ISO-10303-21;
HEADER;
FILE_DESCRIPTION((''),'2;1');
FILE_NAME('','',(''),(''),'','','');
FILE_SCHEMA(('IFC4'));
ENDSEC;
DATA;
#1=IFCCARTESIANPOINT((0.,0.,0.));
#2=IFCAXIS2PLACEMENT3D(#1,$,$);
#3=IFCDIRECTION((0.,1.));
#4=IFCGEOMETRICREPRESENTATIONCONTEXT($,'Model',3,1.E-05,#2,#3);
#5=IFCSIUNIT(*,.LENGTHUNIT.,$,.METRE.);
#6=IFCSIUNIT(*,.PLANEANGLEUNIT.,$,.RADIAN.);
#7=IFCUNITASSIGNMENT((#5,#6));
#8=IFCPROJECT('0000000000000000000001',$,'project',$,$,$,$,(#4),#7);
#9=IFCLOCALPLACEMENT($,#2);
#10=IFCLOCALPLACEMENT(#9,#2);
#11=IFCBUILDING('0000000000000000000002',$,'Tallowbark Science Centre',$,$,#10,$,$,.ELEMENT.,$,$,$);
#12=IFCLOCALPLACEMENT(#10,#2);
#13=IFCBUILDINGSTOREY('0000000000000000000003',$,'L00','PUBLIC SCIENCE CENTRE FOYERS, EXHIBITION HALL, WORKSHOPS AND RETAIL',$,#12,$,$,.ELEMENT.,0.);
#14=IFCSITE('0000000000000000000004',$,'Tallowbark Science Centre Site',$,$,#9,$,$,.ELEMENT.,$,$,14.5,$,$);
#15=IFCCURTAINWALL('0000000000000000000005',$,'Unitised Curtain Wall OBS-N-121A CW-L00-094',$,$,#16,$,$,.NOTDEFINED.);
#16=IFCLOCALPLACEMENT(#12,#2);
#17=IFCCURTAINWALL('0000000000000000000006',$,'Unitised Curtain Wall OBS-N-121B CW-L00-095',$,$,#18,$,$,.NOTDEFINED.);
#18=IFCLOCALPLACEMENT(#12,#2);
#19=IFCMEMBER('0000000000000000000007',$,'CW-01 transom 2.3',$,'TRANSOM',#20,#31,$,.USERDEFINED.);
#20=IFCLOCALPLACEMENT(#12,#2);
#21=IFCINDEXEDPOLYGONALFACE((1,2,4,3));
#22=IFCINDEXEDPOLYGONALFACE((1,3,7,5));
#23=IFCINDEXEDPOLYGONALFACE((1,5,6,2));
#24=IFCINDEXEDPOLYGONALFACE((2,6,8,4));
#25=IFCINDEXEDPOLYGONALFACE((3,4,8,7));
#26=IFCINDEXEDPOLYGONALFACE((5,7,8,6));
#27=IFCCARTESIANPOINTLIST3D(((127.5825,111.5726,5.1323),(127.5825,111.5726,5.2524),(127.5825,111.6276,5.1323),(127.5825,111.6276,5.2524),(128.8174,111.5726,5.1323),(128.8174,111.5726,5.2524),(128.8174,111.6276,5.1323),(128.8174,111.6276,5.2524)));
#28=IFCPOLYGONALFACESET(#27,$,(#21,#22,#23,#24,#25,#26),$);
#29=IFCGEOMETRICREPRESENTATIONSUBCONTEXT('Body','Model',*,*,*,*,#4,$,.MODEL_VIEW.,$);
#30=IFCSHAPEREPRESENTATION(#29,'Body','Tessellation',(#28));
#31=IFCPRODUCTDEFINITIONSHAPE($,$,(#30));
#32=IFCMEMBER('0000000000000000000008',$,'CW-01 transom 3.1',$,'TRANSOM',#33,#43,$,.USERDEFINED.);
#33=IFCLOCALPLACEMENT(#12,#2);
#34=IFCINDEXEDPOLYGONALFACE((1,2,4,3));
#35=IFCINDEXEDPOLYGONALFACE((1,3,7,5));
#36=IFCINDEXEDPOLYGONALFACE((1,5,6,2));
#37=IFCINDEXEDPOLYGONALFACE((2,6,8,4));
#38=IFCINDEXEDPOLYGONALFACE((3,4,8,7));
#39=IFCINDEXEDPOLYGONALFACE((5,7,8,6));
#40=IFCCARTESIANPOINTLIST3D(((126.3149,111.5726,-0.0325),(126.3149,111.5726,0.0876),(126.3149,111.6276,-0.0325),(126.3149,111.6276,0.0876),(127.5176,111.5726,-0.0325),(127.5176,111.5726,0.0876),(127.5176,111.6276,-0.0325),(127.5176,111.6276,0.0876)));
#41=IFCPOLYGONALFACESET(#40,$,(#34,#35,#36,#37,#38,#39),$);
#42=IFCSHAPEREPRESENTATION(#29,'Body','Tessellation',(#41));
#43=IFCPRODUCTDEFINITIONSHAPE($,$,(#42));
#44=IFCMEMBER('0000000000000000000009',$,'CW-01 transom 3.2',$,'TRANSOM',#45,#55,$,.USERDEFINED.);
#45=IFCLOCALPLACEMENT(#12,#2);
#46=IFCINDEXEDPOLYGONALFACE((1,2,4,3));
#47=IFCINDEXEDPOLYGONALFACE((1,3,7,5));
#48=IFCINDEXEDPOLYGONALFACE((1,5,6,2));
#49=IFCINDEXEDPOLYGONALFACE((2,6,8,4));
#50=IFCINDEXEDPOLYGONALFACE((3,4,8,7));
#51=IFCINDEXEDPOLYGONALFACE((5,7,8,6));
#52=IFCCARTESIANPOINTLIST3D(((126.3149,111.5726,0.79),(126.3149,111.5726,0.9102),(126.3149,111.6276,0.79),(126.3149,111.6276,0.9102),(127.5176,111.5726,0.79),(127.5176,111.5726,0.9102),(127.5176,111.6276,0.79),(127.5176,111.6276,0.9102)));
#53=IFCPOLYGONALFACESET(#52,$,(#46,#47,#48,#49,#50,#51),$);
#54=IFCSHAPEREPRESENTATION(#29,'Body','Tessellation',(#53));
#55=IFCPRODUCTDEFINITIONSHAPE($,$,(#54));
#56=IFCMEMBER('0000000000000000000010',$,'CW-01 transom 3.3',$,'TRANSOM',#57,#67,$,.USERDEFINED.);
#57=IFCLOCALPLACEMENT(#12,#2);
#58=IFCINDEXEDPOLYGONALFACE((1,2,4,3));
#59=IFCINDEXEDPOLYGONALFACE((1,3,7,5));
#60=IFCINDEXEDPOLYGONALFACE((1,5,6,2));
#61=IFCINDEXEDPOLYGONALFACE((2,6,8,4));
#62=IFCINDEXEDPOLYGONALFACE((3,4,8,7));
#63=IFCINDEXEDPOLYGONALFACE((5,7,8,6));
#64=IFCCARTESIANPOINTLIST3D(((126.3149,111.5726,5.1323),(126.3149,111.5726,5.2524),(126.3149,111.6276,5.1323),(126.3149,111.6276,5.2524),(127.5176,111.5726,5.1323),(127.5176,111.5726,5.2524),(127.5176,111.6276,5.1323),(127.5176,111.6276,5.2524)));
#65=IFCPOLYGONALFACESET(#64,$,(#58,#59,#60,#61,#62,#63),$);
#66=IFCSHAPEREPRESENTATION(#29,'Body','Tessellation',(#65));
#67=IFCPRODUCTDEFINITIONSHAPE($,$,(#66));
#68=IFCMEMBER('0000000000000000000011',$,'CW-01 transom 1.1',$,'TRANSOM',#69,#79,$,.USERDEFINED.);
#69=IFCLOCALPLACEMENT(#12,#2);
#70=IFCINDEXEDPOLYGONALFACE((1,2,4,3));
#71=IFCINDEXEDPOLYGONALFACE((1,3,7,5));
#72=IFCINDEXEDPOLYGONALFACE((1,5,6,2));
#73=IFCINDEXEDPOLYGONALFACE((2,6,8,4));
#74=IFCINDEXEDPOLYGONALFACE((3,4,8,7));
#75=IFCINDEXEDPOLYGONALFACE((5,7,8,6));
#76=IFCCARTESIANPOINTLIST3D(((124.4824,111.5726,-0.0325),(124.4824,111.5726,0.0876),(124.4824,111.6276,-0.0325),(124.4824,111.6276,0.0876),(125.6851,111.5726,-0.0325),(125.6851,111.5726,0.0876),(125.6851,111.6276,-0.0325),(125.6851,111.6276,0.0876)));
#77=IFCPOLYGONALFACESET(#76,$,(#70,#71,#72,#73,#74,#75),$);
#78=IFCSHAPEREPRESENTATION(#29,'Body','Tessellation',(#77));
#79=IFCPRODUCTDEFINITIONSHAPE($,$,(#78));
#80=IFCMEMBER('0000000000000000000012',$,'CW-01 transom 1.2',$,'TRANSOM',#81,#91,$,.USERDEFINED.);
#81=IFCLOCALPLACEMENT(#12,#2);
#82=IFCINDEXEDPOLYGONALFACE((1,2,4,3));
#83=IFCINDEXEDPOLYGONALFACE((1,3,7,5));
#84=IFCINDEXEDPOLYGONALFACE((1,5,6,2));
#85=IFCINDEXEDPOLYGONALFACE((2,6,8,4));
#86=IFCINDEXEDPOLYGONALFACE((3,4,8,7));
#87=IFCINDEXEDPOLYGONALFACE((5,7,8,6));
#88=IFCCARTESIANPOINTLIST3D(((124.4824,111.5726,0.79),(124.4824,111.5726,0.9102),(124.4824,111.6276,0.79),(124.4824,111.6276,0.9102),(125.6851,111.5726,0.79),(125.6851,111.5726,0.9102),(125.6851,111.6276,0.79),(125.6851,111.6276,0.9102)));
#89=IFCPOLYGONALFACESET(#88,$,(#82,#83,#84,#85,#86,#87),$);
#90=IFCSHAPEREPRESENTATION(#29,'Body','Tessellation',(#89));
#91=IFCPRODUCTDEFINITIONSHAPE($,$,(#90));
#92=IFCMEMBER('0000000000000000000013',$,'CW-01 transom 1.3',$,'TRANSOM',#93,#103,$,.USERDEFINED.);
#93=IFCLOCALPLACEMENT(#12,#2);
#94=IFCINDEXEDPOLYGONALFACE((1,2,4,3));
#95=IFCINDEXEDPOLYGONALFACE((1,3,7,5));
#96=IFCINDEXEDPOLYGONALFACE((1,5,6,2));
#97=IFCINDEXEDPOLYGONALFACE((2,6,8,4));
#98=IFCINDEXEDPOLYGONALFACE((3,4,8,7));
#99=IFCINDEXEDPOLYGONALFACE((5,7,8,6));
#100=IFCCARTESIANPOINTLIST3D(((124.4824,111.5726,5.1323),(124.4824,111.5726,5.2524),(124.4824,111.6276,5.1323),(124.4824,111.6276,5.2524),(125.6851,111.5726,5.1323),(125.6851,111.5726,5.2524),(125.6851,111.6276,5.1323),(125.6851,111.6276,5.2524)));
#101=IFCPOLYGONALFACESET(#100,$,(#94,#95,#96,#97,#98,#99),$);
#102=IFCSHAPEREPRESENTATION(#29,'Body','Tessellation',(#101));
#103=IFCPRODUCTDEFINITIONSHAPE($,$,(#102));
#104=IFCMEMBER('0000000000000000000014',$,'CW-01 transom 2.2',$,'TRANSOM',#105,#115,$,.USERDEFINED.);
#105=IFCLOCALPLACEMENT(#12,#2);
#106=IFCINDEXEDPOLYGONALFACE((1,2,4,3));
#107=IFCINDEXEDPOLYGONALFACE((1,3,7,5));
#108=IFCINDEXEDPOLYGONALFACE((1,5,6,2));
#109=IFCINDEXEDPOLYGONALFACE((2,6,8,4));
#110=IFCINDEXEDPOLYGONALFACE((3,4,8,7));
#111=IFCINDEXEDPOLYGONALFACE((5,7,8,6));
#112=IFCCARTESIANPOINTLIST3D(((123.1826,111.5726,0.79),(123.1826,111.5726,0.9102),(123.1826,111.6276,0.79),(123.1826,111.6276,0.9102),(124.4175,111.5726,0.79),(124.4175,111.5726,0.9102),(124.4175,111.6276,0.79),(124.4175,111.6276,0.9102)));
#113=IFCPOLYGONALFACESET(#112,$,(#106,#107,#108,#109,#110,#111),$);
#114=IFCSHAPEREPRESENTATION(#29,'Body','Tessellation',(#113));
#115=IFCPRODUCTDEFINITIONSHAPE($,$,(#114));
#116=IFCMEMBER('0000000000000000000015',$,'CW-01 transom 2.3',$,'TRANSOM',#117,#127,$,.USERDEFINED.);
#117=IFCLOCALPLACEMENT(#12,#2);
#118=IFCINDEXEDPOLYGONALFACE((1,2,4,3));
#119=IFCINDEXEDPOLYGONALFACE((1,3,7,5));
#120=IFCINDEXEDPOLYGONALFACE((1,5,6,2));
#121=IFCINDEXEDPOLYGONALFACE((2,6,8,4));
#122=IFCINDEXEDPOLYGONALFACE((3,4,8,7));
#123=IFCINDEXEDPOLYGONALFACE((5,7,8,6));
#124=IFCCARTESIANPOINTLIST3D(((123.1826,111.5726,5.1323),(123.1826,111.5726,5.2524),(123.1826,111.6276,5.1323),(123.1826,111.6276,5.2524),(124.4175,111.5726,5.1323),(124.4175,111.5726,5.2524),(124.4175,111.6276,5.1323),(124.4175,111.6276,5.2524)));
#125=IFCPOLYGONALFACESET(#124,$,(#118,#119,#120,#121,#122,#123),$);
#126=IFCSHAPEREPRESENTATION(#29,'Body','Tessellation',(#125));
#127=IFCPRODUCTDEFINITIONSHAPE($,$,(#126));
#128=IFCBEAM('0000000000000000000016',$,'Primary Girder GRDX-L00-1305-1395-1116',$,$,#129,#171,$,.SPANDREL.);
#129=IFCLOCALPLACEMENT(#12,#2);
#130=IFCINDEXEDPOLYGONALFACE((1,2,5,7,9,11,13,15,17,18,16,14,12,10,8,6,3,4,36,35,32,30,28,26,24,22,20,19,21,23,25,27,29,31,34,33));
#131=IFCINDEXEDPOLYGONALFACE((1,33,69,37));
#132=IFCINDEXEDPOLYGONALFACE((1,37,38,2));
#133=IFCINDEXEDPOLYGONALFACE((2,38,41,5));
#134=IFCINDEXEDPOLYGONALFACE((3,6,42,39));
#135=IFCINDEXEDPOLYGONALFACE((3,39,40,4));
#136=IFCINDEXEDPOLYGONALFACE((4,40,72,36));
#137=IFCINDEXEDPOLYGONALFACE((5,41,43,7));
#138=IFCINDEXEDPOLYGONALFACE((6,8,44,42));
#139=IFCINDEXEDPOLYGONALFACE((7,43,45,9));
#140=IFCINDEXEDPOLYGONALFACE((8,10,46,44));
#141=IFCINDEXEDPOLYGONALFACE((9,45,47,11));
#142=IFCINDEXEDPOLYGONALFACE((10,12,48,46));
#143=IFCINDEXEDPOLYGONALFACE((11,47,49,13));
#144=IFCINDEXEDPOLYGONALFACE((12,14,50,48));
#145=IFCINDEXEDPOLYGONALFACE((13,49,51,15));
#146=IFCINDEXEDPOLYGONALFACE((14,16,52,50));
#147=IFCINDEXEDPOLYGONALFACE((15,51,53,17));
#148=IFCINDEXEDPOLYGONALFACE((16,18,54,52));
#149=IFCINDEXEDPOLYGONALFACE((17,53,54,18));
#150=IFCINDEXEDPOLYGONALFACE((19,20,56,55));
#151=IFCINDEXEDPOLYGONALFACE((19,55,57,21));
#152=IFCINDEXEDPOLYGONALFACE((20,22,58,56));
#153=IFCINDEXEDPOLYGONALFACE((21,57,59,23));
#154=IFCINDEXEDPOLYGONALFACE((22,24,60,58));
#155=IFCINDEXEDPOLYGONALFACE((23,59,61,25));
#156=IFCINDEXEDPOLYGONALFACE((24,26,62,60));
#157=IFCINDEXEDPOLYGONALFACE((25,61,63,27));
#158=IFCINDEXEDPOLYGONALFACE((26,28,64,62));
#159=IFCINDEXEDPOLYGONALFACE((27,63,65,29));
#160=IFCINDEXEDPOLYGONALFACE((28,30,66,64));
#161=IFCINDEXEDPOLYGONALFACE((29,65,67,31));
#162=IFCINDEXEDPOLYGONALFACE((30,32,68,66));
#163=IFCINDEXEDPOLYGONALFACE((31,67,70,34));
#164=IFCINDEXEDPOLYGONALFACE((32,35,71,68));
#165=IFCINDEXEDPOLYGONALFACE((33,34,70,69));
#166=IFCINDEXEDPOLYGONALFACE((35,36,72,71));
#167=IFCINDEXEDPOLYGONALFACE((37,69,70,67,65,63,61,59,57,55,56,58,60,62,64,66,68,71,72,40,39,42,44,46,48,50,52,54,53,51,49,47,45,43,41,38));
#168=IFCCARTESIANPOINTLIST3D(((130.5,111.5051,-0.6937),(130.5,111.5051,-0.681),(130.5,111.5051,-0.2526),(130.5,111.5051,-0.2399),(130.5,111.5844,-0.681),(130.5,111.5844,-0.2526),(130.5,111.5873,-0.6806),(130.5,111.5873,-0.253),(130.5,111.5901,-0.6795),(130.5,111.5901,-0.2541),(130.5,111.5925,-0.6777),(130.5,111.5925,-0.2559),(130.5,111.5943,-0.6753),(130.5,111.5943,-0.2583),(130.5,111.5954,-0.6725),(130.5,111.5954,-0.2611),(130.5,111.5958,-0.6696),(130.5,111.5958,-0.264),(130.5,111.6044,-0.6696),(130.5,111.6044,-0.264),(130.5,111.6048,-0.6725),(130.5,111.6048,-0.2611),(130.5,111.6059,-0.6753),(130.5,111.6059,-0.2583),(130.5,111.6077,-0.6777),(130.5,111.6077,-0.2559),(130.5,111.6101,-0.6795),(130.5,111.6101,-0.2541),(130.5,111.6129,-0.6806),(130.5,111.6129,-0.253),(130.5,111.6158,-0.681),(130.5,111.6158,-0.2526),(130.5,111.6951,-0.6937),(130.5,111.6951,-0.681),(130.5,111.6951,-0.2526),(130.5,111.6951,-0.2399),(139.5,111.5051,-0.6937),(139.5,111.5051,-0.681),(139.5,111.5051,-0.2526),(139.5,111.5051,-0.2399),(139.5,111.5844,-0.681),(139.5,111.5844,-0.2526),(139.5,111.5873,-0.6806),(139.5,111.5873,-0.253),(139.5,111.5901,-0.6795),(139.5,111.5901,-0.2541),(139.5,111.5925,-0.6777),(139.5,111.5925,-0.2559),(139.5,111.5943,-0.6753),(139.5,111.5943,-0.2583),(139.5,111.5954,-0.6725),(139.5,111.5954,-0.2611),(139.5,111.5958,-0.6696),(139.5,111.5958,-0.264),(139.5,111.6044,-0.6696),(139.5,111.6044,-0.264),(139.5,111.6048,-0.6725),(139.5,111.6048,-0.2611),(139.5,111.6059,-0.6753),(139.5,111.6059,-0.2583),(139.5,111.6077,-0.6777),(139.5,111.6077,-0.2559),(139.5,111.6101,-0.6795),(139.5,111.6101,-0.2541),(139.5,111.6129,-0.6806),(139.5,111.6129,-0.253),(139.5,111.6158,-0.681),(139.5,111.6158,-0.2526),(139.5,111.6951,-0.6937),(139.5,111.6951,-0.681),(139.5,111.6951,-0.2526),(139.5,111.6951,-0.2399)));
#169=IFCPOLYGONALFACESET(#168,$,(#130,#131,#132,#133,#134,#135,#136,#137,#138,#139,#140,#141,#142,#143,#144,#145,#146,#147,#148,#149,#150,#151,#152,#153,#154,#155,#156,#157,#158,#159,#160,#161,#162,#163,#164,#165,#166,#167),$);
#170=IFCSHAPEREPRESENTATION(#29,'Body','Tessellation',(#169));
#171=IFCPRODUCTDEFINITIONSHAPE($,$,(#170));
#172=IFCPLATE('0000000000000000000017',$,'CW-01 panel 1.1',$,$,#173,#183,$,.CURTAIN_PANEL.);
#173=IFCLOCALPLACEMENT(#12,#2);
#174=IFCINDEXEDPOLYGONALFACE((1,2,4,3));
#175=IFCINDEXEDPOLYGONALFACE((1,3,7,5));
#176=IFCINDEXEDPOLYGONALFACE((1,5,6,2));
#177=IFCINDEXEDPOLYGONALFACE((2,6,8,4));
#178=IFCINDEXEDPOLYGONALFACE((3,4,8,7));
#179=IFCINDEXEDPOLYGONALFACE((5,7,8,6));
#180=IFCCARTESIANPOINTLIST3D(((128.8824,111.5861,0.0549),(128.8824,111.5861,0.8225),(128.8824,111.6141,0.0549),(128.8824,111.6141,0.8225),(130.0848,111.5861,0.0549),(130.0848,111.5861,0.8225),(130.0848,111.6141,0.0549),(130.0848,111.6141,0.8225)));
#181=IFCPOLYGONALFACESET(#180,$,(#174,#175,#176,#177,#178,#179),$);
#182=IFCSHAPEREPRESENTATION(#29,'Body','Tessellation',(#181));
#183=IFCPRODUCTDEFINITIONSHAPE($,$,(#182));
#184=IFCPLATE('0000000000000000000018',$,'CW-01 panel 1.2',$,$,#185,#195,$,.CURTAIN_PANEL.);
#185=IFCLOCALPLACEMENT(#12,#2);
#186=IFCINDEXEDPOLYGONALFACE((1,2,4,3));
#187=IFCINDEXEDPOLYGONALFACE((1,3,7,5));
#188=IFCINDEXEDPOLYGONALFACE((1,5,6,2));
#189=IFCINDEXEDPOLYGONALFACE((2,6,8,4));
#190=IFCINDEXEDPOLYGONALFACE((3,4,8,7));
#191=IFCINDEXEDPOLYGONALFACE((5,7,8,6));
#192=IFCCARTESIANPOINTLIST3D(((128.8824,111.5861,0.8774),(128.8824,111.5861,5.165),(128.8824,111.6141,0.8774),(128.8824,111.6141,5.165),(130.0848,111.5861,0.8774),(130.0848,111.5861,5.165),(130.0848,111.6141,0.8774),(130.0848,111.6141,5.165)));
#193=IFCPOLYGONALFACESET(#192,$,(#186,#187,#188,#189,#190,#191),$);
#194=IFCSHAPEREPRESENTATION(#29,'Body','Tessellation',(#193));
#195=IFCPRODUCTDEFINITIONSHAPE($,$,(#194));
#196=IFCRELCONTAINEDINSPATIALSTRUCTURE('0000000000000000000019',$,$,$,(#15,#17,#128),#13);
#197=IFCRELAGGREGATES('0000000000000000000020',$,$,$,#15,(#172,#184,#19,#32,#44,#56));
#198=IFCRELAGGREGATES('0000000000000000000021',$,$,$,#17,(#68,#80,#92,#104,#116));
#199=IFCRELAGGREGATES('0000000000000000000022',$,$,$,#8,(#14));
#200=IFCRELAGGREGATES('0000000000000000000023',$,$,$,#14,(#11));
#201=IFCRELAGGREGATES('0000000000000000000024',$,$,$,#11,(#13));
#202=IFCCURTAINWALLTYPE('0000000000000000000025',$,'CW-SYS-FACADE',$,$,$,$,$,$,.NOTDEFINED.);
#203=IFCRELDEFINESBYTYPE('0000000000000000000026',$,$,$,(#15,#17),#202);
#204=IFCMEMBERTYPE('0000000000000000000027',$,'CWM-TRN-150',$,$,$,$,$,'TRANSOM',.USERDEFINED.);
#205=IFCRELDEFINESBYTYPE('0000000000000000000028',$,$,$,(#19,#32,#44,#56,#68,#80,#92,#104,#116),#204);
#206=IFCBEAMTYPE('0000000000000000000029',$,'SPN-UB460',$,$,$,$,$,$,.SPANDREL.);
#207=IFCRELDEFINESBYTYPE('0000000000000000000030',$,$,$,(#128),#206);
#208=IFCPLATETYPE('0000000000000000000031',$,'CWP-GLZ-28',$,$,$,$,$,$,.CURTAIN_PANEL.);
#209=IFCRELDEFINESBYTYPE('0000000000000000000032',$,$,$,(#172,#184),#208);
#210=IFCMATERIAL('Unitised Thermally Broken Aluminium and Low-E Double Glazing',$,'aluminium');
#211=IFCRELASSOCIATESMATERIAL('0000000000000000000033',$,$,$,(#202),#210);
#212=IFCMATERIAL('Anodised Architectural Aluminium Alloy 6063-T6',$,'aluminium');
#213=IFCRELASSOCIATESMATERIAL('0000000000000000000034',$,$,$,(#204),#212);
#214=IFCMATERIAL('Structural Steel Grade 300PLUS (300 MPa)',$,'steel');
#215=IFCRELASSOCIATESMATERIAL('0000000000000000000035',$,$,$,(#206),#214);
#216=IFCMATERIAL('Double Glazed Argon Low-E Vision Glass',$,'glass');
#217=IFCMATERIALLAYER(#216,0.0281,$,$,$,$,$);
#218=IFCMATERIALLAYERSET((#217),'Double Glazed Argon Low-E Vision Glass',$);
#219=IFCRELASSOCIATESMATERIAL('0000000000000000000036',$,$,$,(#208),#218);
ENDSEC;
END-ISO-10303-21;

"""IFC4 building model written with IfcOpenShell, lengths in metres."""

from ifc_helpers import new_model, si_unit, direction, frame, origin, origin_2d, place, context, subcontext, project, spatial, rectangle, i_section, extrude, material, layer, layer_set, material_profile, profile_set, type_object, element, aggregate, save


model = new_model("IFC4")

# Units and contexts
model_context = context("Model", 3, precision=1e-05, world=origin(), true_north=direction((0.0, 1.0)))
body_context = subcontext(model_context, "Body", "Model", "MODEL_VIEW")
ifc_project = project(units=[si_unit("LENGTHUNIT", "METRE"), si_unit("PLANEANGLEUNIT", "RADIAN")], contexts=[model_context])

# Site, building, storey
site_placement = place(None, origin())
site = spatial("IfcSite", under=ifc_project, at=site_placement, Name="Tallowbark Science Centre Site", CompositionType="ELEMENT", RefElevation=14.5)
building_placement = place(site_placement, origin())
building = spatial("IfcBuilding", under=site, at=building_placement, Name="Tallowbark Science Centre", CompositionType="ELEMENT")
storey_placement = place(building_placement, origin())
storey = spatial("IfcBuildingStorey", under=building, at=storey_placement, Name="L00", Description="PUBLIC SCIENCE CENTRE FOYERS, EXHIBITION HALL, WORKSHOPS AND RETAIL", CompositionType="ELEMENT", Elevation=0.0)

# Shared definitions
ifc_material_1 = material(Name="Structural Steel Grade 300PLUS (300 MPa)", Category="steel")

# Curtain walls
ifc_material_2 = material(Name="Unitised Thermally Broken Aluminium and Low-E Double Glazing", Category="aluminium")
curtain_wall_type = type_object("IfcCurtainWallType", Name="CW-SYS-FACADE", PredefinedType="NOTDEFINED", material=ifc_material_2)
curtain_wall_1_placement = place(storey_placement, origin())
curtain_wall_1 = element("IfcCurtainWall", 1, at=curtain_wall_1_placement, inside=storey, type_object=curtain_wall_type, Name="Unitised Curtain Wall OBS-N-121A CW-L00-094", PredefinedType="NOTDEFINED")
ifc_material_3 = material(Name="Anodised Architectural Aluminium Alloy 6063-T6", Category="aluminium")
curtain_wall_2_placement = place(storey_placement, origin())
curtain_wall_2 = element("IfcCurtainWall", 2, at=curtain_wall_2_placement, inside=storey, type_object=curtain_wall_type, Name="Unitised Curtain Wall OBS-N-121B CW-L00-095", PredefinedType="NOTDEFINED")

# Members
ifc_material_profile_1 = material_profile(ifc_material_3, rectangle(XDim=0.0549, YDim=0.1201, at=origin_2d()), Name="ALU55x120")
ifc_profile_set_1 = profile_set([ifc_material_profile_1], Name="Anodised Architectural Aluminium Alloy 6063-T6")
member_type_1 = type_object("IfcMemberType", Name="CWM-TRN-150", ElementType="TRANSOM", PredefinedType="USERDEFINED", material=ifc_profile_set_1)
member_1_placement = place(storey_placement, frame((128.8174, 111.6001, 5.1924), z_axis=(-1.0, 0.0, 0.0), x_axis=(0.0, -1.0, 0.0)))
member_1 = element("IfcMember", 3, at=member_1_placement, type_object=member_type_1, Name="CW-01 transom 2.3", ObjectType="TRANSOM", PredefinedType="USERDEFINED", context=body_context, shape_type="SweptSolid", body=[
    extrude(rectangle(XDim=0.0549, YDim=0.1201, at=origin_2d()), origin(), (0.0, 0.0, 1.0), 1.2349),
])
member_2_placement = place(storey_placement, frame((127.5176, 111.6001, 0.0276), z_axis=(-1.0, 0.0, 0.0), x_axis=(0.0, -1.0, 0.0)))
member_2 = element("IfcMember", 4, at=member_2_placement, type_object=member_type_1, Name="CW-01 transom 3.1", ObjectType="TRANSOM", PredefinedType="USERDEFINED", context=body_context, shape_type="SweptSolid", body=[
    extrude(rectangle(XDim=0.0549, YDim=0.1201, at=origin_2d()), origin(), (0.0, 0.0, 1.0), 1.2026),
])
member_3_placement = place(storey_placement, frame((127.5176, 111.6001, 0.8501), z_axis=(-1.0, 0.0, 0.0), x_axis=(0.0, -1.0, 0.0)))
member_3 = element("IfcMember", 5, at=member_3_placement, type_object=member_type_1, Name="CW-01 transom 3.2", ObjectType="TRANSOM", PredefinedType="USERDEFINED", context=body_context, shape_type="SweptSolid", body=[
    extrude(rectangle(XDim=0.0549, YDim=0.1201, at=origin_2d()), origin(), (0.0, 0.0, 1.0), 1.2026),
])
member_4_placement = place(storey_placement, frame((127.5176, 111.6001, 5.1924), z_axis=(-1.0, 0.0, 0.0), x_axis=(0.0, -1.0, 0.0)))
member_4 = element("IfcMember", 6, at=member_4_placement, type_object=member_type_1, Name="CW-01 transom 3.3", ObjectType="TRANSOM", PredefinedType="USERDEFINED", context=body_context, shape_type="SweptSolid", body=[
    extrude(rectangle(XDim=0.0549, YDim=0.1201, at=origin_2d()), origin(), (0.0, 0.0, 1.0), 1.2026),
])
member_5_placement = place(storey_placement, frame((125.6851, 111.6001, 0.0276), z_axis=(-1.0, 0.0, 0.0), x_axis=(0.0, -1.0, 0.0)))
member_5 = element("IfcMember", 7, at=member_5_placement, type_object=member_type_1, Name="CW-01 transom 1.1", ObjectType="TRANSOM", PredefinedType="USERDEFINED", context=body_context, shape_type="SweptSolid", body=[
    extrude(rectangle(XDim=0.0549, YDim=0.1201, at=origin_2d()), origin(), (0.0, 0.0, 1.0), 1.2026),
])
member_6_placement = place(storey_placement, frame((125.6851, 111.6001, 0.8501), z_axis=(-1.0, 0.0, 0.0), x_axis=(0.0, -1.0, 0.0)))
member_6 = element("IfcMember", 8, at=member_6_placement, type_object=member_type_1, Name="CW-01 transom 1.2", ObjectType="TRANSOM", PredefinedType="USERDEFINED", context=body_context, shape_type="SweptSolid", body=[
    extrude(rectangle(XDim=0.0549, YDim=0.1201, at=origin_2d()), origin(), (0.0, 0.0, 1.0), 1.2026),
])
member_7_placement = place(storey_placement, frame((125.6851, 111.6001, 5.1924), z_axis=(-1.0, 0.0, 0.0), x_axis=(0.0, -1.0, 0.0)))
member_7 = element("IfcMember", 9, at=member_7_placement, type_object=member_type_1, Name="CW-01 transom 1.3", ObjectType="TRANSOM", PredefinedType="USERDEFINED", context=body_context, shape_type="SweptSolid", body=[
    extrude(rectangle(XDim=0.0549, YDim=0.1201, at=origin_2d()), origin(), (0.0, 0.0, 1.0), 1.2026),
])
member_8_placement = place(storey_placement, frame((124.4175, 111.6001, 0.8501), z_axis=(-1.0, 0.0, 0.0), x_axis=(0.0, -1.0, 0.0)))
member_8 = element("IfcMember", 10, at=member_8_placement, type_object=member_type_1, Name="CW-01 transom 2.2", ObjectType="TRANSOM", PredefinedType="USERDEFINED", context=body_context, shape_type="SweptSolid", body=[
    extrude(rectangle(XDim=0.0549, YDim=0.1201, at=origin_2d()), origin(), (0.0, 0.0, 1.0), 1.2349),
])
member_9_placement = place(storey_placement, frame((124.4175, 111.6001, 5.1924), z_axis=(-1.0, 0.0, 0.0), x_axis=(0.0, -1.0, 0.0)))
member_9 = element("IfcMember", 11, at=member_9_placement, type_object=member_type_1, Name="CW-01 transom 2.3", ObjectType="TRANSOM", PredefinedType="USERDEFINED", context=body_context, shape_type="SweptSolid", body=[
    extrude(rectangle(XDim=0.0549, YDim=0.1201, at=origin_2d()), origin(), (0.0, 0.0, 1.0), 1.2349),
])

# Beam
ifc_material_profile_2 = material_profile(ifc_material_1, i_section(OverallWidth=0.1899, OverallDepth=0.4539, WebThickness=0.0085, FlangeThickness=0.0127, FilletRadius=0.0115, at=origin_2d()), Name="460UB67.1")
ifc_profile_set_2 = profile_set([ifc_material_profile_2], Name="Structural Steel Grade 300PLUS (300 MPa)")
beam_type = type_object("IfcBeamType", Name="SPN-UB460", PredefinedType="SPANDREL", material=ifc_profile_set_2)
beam_placement = place(storey_placement, frame((130.5, 111.6001, -0.4668), z_axis=(1.0, 0.0, 0.0), x_axis=(0.0, 1.0, 0.0)))
element("IfcBeam", 12, at=beam_placement, inside=storey, type_object=beam_type, Name="Primary Girder GRDX-L00-1305-1395-1116", PredefinedType="SPANDREL", context=body_context, shape_type="SweptSolid", body=[
    extrude(i_section(OverallWidth=0.1899, OverallDepth=0.4539, WebThickness=0.0085, FlangeThickness=0.0127, FilletRadius=0.0115, at=origin_2d()), origin(), (0.0, 0.0, 1.0), 9.0),
])

# Plates
ifc_material_4 = material(Name="Double Glazed Argon Low-E Vision Glass", Category="glass")
ifc_layer_1 = layer(ifc_material_4, 0.0281)
ifc_layer_set_1 = layer_set([ifc_layer_1], Name="Double Glazed Argon Low-E Vision Glass")
plate_type = type_object("IfcPlateType", Name="CWP-GLZ-28", PredefinedType="CURTAIN_PANEL", material=ifc_layer_set_1)
plate_1_placement = place(storey_placement, frame((129.4836, 111.6001, 0.0549), z_axis=(0.0, 0.0, 1.0), x_axis=(-1.0, 0.0, 0.0)))
plate_1 = element("IfcPlate", 13, at=plate_1_placement, type_object=plate_type, Name="CW-01 panel 1.1", PredefinedType="CURTAIN_PANEL", context=body_context, shape_type="SweptSolid", body=[
    extrude(rectangle(XDim=1.2024, YDim=0.0281, at=origin_2d()), origin(), (0.0, 0.0, 1.0), 0.7676),
])
plate_2_placement = place(storey_placement, frame((129.4836, 111.6001, 0.8774), z_axis=(0.0, 0.0, 1.0), x_axis=(-1.0, 0.0, 0.0)))
plate_2 = element("IfcPlate", 14, at=plate_2_placement, type_object=plate_type, Name="CW-01 panel 1.2", PredefinedType="CURTAIN_PANEL", context=body_context, shape_type="SweptSolid", body=[
    extrude(rectangle(XDim=1.2024, YDim=0.0281, at=origin_2d()), origin(), (0.0, 0.0, 1.0), 4.2876),
])
aggregate(curtain_wall_1, [plate_1, plate_2, member_1, member_2, member_3, member_4])
aggregate(curtain_wall_2, [member_5, member_6, member_7, member_8, member_9])

save(model, "model.ifc")
